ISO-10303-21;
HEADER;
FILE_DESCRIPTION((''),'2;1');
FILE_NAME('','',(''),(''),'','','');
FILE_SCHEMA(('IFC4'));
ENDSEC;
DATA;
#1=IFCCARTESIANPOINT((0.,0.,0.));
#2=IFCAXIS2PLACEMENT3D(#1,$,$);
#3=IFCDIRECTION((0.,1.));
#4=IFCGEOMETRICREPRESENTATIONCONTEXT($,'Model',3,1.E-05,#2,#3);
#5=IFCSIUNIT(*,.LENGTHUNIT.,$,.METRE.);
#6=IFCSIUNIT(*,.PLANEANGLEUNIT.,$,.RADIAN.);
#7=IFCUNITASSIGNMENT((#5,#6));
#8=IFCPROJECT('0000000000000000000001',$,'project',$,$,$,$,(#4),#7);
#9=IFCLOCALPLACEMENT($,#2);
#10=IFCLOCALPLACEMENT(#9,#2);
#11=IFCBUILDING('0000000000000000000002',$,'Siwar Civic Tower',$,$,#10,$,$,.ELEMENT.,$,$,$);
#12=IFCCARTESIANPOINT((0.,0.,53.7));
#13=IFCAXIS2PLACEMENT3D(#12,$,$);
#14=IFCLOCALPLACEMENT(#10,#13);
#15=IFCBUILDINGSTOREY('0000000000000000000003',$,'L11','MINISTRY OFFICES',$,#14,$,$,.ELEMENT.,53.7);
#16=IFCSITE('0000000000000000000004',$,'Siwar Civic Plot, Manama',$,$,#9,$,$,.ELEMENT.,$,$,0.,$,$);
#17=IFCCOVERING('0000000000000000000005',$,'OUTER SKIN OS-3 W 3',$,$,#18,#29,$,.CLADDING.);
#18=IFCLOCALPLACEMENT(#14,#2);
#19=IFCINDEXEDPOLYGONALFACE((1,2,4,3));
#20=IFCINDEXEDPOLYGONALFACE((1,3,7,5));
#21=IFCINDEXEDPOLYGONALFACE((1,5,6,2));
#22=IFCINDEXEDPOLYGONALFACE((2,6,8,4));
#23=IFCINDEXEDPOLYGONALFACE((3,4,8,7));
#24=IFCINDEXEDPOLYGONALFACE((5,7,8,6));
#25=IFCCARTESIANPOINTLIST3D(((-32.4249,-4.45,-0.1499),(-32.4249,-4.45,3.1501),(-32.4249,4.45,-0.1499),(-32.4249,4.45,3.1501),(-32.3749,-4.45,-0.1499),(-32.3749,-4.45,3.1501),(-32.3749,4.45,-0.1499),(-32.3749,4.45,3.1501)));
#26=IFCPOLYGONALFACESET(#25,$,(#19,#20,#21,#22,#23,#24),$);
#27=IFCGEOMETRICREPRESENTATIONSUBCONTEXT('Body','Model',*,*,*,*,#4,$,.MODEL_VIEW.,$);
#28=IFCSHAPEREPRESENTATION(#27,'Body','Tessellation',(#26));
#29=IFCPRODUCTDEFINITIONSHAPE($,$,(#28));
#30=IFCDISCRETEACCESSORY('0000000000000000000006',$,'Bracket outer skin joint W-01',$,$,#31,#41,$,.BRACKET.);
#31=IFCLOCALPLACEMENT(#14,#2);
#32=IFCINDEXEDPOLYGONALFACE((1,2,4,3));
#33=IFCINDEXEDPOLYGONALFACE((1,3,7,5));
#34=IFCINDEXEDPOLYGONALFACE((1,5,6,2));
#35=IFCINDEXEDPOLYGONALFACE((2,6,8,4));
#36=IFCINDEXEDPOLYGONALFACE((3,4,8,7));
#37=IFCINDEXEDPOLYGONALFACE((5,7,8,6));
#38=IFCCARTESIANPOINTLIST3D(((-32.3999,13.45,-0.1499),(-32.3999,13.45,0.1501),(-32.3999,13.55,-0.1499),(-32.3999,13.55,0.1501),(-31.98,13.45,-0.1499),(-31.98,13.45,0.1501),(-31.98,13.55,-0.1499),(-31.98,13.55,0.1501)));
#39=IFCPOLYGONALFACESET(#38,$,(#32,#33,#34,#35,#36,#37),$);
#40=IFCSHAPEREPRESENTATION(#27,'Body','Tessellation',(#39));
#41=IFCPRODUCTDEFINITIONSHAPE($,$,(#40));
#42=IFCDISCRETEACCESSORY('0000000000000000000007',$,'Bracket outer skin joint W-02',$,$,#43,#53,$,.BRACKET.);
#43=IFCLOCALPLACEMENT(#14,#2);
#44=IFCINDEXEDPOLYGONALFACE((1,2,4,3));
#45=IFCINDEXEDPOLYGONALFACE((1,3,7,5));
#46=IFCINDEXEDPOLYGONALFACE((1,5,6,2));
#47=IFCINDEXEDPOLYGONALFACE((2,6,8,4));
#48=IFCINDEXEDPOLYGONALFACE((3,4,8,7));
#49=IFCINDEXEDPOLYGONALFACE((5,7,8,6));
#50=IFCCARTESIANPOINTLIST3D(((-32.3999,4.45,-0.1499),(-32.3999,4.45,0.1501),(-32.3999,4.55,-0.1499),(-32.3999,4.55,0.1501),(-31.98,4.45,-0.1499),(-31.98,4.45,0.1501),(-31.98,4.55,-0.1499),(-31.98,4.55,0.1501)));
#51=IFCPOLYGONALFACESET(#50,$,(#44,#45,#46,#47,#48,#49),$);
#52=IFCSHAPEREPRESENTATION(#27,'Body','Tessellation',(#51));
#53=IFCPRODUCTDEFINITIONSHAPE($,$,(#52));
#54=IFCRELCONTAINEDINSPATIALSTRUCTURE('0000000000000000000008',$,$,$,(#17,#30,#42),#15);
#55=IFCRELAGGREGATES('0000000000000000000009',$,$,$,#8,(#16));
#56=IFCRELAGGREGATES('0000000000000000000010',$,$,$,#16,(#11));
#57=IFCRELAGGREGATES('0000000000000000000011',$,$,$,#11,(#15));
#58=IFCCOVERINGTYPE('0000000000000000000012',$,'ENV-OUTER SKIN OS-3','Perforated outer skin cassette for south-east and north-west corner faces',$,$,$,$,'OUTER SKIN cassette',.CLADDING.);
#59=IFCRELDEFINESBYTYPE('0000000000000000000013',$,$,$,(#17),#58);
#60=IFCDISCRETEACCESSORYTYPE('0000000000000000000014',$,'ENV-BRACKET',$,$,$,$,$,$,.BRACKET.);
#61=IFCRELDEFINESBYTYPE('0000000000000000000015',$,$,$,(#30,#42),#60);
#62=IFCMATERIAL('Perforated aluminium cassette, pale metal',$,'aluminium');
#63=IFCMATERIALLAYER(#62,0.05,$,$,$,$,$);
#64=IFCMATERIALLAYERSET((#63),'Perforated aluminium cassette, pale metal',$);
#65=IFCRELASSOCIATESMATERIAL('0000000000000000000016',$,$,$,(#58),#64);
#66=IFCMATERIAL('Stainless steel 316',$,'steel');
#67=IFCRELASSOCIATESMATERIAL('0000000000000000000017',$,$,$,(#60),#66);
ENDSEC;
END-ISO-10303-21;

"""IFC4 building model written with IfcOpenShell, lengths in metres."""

from ifc_helpers import new_model, si_unit, direction, frame, origin, origin_2d, place, context, subcontext, project, spatial, rectangle, extrude, material, layer, layer_set, type_object, element, save


model = new_model("IFC4")

# Units and contexts
model_context = context("Model", 3, precision=1e-05, world=origin(), true_north=direction((0.0, 1.0)))
body_context = subcontext(model_context, "Body", "Model", "MODEL_VIEW")
ifc_project = project(units=[si_unit("LENGTHUNIT", "METRE"), si_unit("PLANEANGLEUNIT", "RADIAN")], contexts=[model_context])

# Site, building, storey
site_placement = place(None, origin())
site = spatial("IfcSite", under=ifc_project, at=site_placement, Name="Siwar Civic Plot, Manama", CompositionType="ELEMENT", RefElevation=0.0)
building_placement = place(site_placement, origin())
building = spatial("IfcBuilding", under=site, at=building_placement, Name="Siwar Civic Tower", CompositionType="ELEMENT")
storey_placement = place(building_placement, frame((0.0, 0.0, 53.7)))
storey = spatial("IfcBuildingStorey", under=building, at=storey_placement, Name="L11", Description="MINISTRY OFFICES", CompositionType="ELEMENT", Elevation=53.7)

# Covering
ifc_material_1 = material(Name="Perforated aluminium cassette, pale metal", Category="aluminium")
ifc_layer_1 = layer(ifc_material_1, 0.05)
ifc_layer_set_1 = layer_set([ifc_layer_1], Name="Perforated aluminium cassette, pale metal")
covering_type = type_object("IfcCoveringType", Name="ENV-OUTER SKIN OS-3", Description="Perforated outer skin cassette for south-east and north-west corner faces", ElementType="OUTER SKIN cassette", PredefinedType="CLADDING", material=ifc_layer_set_1)
for number, where, z_axis, x_axis, name in (
    (1, (-32.3999, 0.0, -0.1499), (0.0, 0.0, 1.0), (0.0, -1.0, 0.0), "OUTER SKIN OS-3 W 3"),
):
    element("IfcCovering", number, at=place(storey_placement, frame(where, z_axis=z_axis, x_axis=x_axis)), inside=storey, type_object=covering_type, Name=name, PredefinedType="CLADDING", context=body_context, shape_type="SweptSolid", body=[
        extrude(rectangle(XDim=8.8999, YDim=0.05, at=origin_2d()), origin(), (0.0, 0.0, 1.0), 3.3),
    ])

# Discrete accessories
ifc_material_2 = material(Name="Stainless steel 316", Category="steel")
discrete_accessory_type = type_object("IfcDiscreteAccessoryType", Name="ENV-BRACKET", PredefinedType="BRACKET", material=ifc_material_2)
for number, where, z_axis, x_axis, name in (
    (2, (-32.1899, 13.5, -0.1499), (0.0, 0.0, 1.0), (-1.0, 0.0, 0.0), "Bracket outer skin joint W-01"),
    (3, (-32.1899, 4.5, -0.1499), (0.0, 0.0, 1.0), (-1.0, 0.0, 0.0), "Bracket outer skin joint W-02"),
):
    element("IfcDiscreteAccessory", number, at=place(storey_placement, frame(where, z_axis=z_axis, x_axis=x_axis)), inside=storey, type_object=discrete_accessory_type, Name=name, PredefinedType="BRACKET", context=body_context, shape_type="SweptSolid", body=[
        extrude(rectangle(XDim=0.4199, YDim=0.1001, at=origin_2d()), origin(), (0.0, 0.0, 1.0), 0.3),
    ])

save(model, "model.ifc")
